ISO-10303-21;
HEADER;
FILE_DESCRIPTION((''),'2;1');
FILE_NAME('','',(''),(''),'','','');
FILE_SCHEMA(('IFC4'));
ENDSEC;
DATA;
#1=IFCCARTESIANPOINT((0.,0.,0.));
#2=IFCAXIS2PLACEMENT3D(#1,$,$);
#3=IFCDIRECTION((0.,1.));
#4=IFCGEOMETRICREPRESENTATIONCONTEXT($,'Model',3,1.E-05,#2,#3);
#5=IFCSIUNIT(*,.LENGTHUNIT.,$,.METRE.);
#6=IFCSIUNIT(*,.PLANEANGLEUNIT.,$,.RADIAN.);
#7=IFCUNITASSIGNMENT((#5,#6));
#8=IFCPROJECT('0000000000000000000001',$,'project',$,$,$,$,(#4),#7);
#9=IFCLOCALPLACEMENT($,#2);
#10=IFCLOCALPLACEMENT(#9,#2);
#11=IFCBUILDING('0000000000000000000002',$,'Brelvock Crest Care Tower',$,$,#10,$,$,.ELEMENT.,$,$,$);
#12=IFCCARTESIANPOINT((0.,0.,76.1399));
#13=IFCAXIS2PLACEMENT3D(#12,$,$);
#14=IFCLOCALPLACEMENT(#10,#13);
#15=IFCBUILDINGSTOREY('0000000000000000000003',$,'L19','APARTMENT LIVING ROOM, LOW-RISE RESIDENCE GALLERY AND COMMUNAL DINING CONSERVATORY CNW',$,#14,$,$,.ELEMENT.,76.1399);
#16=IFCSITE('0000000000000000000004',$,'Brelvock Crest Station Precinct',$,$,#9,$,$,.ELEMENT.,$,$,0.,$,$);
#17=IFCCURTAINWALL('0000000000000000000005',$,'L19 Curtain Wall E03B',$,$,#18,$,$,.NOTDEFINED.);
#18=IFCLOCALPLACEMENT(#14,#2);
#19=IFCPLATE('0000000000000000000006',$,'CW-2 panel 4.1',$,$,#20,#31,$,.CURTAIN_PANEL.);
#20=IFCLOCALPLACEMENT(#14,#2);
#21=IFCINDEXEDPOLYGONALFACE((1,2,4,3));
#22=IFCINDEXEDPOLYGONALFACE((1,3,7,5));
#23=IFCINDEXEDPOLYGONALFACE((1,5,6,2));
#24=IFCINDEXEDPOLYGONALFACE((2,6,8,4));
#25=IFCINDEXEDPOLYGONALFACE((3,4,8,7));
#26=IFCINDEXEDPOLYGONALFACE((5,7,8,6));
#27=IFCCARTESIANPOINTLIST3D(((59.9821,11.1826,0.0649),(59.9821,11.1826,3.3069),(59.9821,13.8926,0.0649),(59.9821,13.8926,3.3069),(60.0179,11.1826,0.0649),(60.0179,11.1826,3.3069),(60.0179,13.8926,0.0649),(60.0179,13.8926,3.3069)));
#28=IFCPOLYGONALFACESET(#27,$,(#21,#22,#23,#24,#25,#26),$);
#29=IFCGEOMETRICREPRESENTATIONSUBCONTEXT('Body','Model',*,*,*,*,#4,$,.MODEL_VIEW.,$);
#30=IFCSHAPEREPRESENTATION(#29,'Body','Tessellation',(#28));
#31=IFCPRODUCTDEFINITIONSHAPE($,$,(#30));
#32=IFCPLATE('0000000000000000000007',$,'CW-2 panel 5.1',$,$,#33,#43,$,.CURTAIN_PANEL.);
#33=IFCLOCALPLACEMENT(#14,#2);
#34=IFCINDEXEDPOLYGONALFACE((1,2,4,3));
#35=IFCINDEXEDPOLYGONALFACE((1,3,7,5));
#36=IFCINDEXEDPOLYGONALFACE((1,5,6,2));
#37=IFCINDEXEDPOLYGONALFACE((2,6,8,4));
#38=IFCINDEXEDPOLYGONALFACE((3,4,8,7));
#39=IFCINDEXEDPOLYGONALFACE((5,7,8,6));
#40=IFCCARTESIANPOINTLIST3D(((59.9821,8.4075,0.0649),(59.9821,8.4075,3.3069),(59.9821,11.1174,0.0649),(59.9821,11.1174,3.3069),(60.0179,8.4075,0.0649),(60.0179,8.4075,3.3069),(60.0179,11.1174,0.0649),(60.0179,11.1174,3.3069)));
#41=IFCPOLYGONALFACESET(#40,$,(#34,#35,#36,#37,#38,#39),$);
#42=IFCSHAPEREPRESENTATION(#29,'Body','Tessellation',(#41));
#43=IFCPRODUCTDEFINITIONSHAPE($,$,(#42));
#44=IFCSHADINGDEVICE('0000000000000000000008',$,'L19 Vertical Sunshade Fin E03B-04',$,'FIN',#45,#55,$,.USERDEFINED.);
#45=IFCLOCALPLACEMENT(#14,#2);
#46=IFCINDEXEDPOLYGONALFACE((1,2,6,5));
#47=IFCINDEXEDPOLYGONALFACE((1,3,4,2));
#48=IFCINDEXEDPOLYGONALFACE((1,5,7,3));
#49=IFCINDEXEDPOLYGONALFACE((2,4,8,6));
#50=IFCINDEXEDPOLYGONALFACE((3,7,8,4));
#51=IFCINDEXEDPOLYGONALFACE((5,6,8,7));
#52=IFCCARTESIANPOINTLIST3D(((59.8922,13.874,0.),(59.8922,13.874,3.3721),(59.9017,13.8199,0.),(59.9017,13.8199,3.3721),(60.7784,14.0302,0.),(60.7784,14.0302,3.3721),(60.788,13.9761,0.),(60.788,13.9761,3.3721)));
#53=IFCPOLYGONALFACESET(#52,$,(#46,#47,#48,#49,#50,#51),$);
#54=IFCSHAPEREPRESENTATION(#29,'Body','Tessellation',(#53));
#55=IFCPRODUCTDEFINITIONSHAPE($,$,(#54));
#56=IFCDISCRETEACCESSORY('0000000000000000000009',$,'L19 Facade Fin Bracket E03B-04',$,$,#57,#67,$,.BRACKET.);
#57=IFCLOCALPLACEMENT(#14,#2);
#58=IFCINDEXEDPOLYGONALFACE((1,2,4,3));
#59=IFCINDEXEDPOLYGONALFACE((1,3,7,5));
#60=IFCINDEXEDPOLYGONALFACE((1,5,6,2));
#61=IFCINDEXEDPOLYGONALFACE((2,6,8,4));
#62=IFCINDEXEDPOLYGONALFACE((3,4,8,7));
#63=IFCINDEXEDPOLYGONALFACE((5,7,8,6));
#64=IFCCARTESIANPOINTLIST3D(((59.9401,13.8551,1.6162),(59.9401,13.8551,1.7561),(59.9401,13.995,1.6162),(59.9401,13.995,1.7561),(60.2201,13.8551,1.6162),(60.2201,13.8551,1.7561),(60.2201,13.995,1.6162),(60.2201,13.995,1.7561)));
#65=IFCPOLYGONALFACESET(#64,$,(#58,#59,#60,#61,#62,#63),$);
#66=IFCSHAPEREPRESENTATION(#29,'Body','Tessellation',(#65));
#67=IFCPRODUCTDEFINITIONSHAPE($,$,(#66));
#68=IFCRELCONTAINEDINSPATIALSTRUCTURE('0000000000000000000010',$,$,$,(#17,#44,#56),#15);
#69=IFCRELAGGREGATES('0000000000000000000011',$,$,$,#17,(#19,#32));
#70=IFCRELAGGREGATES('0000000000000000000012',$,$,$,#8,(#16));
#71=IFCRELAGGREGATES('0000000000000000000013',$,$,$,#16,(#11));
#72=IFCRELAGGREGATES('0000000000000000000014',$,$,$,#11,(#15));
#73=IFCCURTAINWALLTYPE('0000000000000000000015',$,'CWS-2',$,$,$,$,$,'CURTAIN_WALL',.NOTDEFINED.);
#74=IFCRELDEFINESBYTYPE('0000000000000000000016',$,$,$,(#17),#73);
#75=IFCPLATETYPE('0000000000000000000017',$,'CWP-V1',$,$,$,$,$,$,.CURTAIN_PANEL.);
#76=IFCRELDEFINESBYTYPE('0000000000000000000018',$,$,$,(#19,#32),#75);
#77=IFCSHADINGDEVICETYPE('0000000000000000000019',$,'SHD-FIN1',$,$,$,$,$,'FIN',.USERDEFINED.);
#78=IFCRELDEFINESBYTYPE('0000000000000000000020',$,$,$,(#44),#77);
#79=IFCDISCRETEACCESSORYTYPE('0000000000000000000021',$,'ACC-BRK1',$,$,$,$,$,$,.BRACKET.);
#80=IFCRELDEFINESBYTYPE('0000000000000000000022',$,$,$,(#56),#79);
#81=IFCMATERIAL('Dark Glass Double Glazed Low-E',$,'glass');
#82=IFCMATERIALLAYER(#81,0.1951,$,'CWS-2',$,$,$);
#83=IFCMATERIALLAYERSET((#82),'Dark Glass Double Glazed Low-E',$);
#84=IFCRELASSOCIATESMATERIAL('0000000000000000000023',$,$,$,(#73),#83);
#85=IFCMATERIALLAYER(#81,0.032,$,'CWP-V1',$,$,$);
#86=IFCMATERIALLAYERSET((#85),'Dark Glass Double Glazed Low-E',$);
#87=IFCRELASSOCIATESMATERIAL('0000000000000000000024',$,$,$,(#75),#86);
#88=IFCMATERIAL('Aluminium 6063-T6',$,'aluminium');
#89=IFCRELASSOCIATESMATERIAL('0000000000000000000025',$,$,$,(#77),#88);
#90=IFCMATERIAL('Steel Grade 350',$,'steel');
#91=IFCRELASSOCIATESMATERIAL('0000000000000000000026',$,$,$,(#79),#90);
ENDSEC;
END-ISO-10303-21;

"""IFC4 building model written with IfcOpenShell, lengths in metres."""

from ifc_helpers import new_model, si_unit, direction, frame, origin, origin_2d, place, context, subcontext, project, spatial, rectangle, extrude, source, transform, mapped, material, layer, layer_set, material_profile, profile_set, type_object, element, aggregate, save


model = new_model("IFC4")

# Units and contexts
model_context = context("Model", 3, precision=1e-05, world=origin(), true_north=direction((0.0, 1.0)))
body_context = subcontext(model_context, "Body", "Model", "MODEL_VIEW")
ifc_project = project(units=[si_unit("LENGTHUNIT", "METRE"), si_unit("PLANEANGLEUNIT", "RADIAN")], contexts=[model_context])

# Site, building, storey
site_placement = place(None, origin())
site = spatial("IfcSite", under=ifc_project, at=site_placement, Name="Brelvock Crest Station Precinct", CompositionType="ELEMENT", RefElevation=0.0)
building_placement = place(site_placement, origin())
building = spatial("IfcBuilding", under=site, at=building_placement, Name="Brelvock Crest Care Tower", CompositionType="ELEMENT")
storey_placement = place(building_placement, frame((0.0, 0.0, 76.1399)))
storey = spatial("IfcBuildingStorey", under=building, at=storey_placement, Name="L19", Description="APARTMENT LIVING ROOM, LOW-RISE RESIDENCE GALLERY AND COMMUNAL DINING CONSERVATORY CNW", CompositionType="ELEMENT", Elevation=76.1399)

# Curtain wall, plates
ifc_material_1 = material(Name="Dark Glass Double Glazed Low-E", Category="glass")
ifc_layer_1 = layer(ifc_material_1, 0.1951, Name="CWS-2")
ifc_layer_set_1 = layer_set([ifc_layer_1], Name="Dark Glass Double Glazed Low-E")
curtain_wall_type = type_object("IfcCurtainWallType", Name="CWS-2", ElementType="CURTAIN_WALL", PredefinedType="NOTDEFINED", material=ifc_layer_set_1)
curtain_wall_placement = place(storey_placement, origin())
curtain_wall = element("IfcCurtainWall", 1, at=curtain_wall_placement, inside=storey, type_object=curtain_wall_type, Name="L19 Curtain Wall E03B", PredefinedType="NOTDEFINED")
ifc_material_2 = material(Name="Aluminium 6063-T6", Category="aluminium")
ifc_layer_2 = layer(ifc_material_1, 0.032, Name="CWP-V1")
ifc_layer_set_2 = layer_set([ifc_layer_2], Name="Dark Glass Double Glazed Low-E")
plate_type = type_object("IfcPlateType", Name="CWP-V1", PredefinedType="CURTAIN_PANEL", material=ifc_layer_set_2)
shared_shape_1 = source(origin(), body_context, "Body", "SweptSolid", [
    extrude(rectangle(XDim=2.71, YDim=0.0359, at=origin_2d()), origin(), (0.0, 0.0, 1.0), 3.2419),
])
plate_1_placement = place(storey_placement, frame((60.0, 12.5376, 0.0649), z_axis=(0.0, 0.0, 1.0), x_axis=(0.0, -1.0, 0.0)))
plate_1 = element("IfcPlate", 2, at=plate_1_placement, type_object=plate_type, Name="CW-2 panel 4.1", PredefinedType="CURTAIN_PANEL", context=body_context, shape_type="MappedRepresentation", body=[
    mapped(shared_shape_1, transform((0.0, 0.0, 0.0), x_axis=(1.0, 0.0, 0.0), y_axis=(0.0, 1.0, 0.0), z_axis=(0.0, 0.0, 1.0), scale=1.0)),
])
plate_2_placement = place(storey_placement, frame((60.0, 9.7625, 0.0649), z_axis=(0.0, 0.0, 1.0), x_axis=(0.0, -1.0, 0.0)))
plate_2 = element("IfcPlate", 3, at=plate_2_placement, type_object=plate_type, Name="CW-2 panel 5.1", PredefinedType="CURTAIN_PANEL", context=body_context, shape_type="MappedRepresentation", body=[
    mapped(shared_shape_1, transform((0.0, 0.0, 0.0), x_axis=(1.0, 0.0, 0.0), y_axis=(0.0, 1.0, 0.0), z_axis=(0.0, 0.0, 1.0), scale=1.0)),
])
aggregate(curtain_wall, [plate_1, plate_2])

# Shading device
ifc_material_profile_1 = material_profile(ifc_material_2, rectangle(XDim=0.0549, YDim=0.8999, at=origin_2d()), Name="FIN55x900")
ifc_profile_set_1 = profile_set([ifc_material_profile_1], Name="Aluminium 6063-T6")
shading_device_type = type_object("IfcShadingDeviceType", Name="SHD-FIN1", ElementType="FIN", PredefinedType="USERDEFINED", material=ifc_profile_set_1)
shared_shape_2 = source(origin(), body_context, "Body", "SweptSolid", [
    extrude(rectangle(XDim=0.0549, YDim=0.8999, at=origin_2d()), origin(), (0.0, 0.0, 1.0), 3.3721),
])
shading_device_placement = place(storey_placement, frame((60.3401, 13.925, 0.0), z_axis=(0.0, 0.0, 1.0), x_axis=(0.173648, -0.984808, 0.0)))
element("IfcShadingDevice", 4, at=shading_device_placement, inside=storey, type_object=shading_device_type, Name="L19 Vertical Sunshade Fin E03B-04", ObjectType="FIN", PredefinedType="USERDEFINED", context=body_context, shape_type="MappedRepresentation", body=[
    mapped(shared_shape_2, transform((0.0, 0.0, 0.0), x_axis=(1.0, 0.0, 0.0), y_axis=(0.0, 1.0, 0.0), z_axis=(0.0, 0.0, 1.0), scale=1.0)),
])

# Discrete accessory
ifc_material_3 = material(Name="Steel Grade 350", Category="steel")
discrete_accessory_type = type_object("IfcDiscreteAccessoryType", Name="ACC-BRK1", PredefinedType="BRACKET", material=ifc_material_3)
shared_shape_3 = source(origin(), body_context, "Body", "SweptSolid", [
    extrude(rectangle(XDim=0.28, YDim=0.1399, at=origin_2d()), origin(), (0.0, 0.0, 1.0), 0.1399),
])
discrete_accessory_placement = place(storey_placement, frame((60.0801, 13.925, 1.6162), z_axis=(0.0, 0.0, 1.0), x_axis=(1.0, 0.0, 0.0)))
element("IfcDiscreteAccessory", 5, at=discrete_accessory_placement, inside=storey, type_object=discrete_accessory_type, Name="L19 Facade Fin Bracket E03B-04", PredefinedType="BRACKET", context=body_context, shape_type="MappedRepresentation", body=[
    mapped(shared_shape_3, transform((0.0, 0.0, 0.0), x_axis=(1.0, 0.0, 0.0), y_axis=(0.0, 1.0, 0.0), z_axis=(0.0, 0.0, 1.0), scale=1.0)),
])

save(model, "model.ifc")
